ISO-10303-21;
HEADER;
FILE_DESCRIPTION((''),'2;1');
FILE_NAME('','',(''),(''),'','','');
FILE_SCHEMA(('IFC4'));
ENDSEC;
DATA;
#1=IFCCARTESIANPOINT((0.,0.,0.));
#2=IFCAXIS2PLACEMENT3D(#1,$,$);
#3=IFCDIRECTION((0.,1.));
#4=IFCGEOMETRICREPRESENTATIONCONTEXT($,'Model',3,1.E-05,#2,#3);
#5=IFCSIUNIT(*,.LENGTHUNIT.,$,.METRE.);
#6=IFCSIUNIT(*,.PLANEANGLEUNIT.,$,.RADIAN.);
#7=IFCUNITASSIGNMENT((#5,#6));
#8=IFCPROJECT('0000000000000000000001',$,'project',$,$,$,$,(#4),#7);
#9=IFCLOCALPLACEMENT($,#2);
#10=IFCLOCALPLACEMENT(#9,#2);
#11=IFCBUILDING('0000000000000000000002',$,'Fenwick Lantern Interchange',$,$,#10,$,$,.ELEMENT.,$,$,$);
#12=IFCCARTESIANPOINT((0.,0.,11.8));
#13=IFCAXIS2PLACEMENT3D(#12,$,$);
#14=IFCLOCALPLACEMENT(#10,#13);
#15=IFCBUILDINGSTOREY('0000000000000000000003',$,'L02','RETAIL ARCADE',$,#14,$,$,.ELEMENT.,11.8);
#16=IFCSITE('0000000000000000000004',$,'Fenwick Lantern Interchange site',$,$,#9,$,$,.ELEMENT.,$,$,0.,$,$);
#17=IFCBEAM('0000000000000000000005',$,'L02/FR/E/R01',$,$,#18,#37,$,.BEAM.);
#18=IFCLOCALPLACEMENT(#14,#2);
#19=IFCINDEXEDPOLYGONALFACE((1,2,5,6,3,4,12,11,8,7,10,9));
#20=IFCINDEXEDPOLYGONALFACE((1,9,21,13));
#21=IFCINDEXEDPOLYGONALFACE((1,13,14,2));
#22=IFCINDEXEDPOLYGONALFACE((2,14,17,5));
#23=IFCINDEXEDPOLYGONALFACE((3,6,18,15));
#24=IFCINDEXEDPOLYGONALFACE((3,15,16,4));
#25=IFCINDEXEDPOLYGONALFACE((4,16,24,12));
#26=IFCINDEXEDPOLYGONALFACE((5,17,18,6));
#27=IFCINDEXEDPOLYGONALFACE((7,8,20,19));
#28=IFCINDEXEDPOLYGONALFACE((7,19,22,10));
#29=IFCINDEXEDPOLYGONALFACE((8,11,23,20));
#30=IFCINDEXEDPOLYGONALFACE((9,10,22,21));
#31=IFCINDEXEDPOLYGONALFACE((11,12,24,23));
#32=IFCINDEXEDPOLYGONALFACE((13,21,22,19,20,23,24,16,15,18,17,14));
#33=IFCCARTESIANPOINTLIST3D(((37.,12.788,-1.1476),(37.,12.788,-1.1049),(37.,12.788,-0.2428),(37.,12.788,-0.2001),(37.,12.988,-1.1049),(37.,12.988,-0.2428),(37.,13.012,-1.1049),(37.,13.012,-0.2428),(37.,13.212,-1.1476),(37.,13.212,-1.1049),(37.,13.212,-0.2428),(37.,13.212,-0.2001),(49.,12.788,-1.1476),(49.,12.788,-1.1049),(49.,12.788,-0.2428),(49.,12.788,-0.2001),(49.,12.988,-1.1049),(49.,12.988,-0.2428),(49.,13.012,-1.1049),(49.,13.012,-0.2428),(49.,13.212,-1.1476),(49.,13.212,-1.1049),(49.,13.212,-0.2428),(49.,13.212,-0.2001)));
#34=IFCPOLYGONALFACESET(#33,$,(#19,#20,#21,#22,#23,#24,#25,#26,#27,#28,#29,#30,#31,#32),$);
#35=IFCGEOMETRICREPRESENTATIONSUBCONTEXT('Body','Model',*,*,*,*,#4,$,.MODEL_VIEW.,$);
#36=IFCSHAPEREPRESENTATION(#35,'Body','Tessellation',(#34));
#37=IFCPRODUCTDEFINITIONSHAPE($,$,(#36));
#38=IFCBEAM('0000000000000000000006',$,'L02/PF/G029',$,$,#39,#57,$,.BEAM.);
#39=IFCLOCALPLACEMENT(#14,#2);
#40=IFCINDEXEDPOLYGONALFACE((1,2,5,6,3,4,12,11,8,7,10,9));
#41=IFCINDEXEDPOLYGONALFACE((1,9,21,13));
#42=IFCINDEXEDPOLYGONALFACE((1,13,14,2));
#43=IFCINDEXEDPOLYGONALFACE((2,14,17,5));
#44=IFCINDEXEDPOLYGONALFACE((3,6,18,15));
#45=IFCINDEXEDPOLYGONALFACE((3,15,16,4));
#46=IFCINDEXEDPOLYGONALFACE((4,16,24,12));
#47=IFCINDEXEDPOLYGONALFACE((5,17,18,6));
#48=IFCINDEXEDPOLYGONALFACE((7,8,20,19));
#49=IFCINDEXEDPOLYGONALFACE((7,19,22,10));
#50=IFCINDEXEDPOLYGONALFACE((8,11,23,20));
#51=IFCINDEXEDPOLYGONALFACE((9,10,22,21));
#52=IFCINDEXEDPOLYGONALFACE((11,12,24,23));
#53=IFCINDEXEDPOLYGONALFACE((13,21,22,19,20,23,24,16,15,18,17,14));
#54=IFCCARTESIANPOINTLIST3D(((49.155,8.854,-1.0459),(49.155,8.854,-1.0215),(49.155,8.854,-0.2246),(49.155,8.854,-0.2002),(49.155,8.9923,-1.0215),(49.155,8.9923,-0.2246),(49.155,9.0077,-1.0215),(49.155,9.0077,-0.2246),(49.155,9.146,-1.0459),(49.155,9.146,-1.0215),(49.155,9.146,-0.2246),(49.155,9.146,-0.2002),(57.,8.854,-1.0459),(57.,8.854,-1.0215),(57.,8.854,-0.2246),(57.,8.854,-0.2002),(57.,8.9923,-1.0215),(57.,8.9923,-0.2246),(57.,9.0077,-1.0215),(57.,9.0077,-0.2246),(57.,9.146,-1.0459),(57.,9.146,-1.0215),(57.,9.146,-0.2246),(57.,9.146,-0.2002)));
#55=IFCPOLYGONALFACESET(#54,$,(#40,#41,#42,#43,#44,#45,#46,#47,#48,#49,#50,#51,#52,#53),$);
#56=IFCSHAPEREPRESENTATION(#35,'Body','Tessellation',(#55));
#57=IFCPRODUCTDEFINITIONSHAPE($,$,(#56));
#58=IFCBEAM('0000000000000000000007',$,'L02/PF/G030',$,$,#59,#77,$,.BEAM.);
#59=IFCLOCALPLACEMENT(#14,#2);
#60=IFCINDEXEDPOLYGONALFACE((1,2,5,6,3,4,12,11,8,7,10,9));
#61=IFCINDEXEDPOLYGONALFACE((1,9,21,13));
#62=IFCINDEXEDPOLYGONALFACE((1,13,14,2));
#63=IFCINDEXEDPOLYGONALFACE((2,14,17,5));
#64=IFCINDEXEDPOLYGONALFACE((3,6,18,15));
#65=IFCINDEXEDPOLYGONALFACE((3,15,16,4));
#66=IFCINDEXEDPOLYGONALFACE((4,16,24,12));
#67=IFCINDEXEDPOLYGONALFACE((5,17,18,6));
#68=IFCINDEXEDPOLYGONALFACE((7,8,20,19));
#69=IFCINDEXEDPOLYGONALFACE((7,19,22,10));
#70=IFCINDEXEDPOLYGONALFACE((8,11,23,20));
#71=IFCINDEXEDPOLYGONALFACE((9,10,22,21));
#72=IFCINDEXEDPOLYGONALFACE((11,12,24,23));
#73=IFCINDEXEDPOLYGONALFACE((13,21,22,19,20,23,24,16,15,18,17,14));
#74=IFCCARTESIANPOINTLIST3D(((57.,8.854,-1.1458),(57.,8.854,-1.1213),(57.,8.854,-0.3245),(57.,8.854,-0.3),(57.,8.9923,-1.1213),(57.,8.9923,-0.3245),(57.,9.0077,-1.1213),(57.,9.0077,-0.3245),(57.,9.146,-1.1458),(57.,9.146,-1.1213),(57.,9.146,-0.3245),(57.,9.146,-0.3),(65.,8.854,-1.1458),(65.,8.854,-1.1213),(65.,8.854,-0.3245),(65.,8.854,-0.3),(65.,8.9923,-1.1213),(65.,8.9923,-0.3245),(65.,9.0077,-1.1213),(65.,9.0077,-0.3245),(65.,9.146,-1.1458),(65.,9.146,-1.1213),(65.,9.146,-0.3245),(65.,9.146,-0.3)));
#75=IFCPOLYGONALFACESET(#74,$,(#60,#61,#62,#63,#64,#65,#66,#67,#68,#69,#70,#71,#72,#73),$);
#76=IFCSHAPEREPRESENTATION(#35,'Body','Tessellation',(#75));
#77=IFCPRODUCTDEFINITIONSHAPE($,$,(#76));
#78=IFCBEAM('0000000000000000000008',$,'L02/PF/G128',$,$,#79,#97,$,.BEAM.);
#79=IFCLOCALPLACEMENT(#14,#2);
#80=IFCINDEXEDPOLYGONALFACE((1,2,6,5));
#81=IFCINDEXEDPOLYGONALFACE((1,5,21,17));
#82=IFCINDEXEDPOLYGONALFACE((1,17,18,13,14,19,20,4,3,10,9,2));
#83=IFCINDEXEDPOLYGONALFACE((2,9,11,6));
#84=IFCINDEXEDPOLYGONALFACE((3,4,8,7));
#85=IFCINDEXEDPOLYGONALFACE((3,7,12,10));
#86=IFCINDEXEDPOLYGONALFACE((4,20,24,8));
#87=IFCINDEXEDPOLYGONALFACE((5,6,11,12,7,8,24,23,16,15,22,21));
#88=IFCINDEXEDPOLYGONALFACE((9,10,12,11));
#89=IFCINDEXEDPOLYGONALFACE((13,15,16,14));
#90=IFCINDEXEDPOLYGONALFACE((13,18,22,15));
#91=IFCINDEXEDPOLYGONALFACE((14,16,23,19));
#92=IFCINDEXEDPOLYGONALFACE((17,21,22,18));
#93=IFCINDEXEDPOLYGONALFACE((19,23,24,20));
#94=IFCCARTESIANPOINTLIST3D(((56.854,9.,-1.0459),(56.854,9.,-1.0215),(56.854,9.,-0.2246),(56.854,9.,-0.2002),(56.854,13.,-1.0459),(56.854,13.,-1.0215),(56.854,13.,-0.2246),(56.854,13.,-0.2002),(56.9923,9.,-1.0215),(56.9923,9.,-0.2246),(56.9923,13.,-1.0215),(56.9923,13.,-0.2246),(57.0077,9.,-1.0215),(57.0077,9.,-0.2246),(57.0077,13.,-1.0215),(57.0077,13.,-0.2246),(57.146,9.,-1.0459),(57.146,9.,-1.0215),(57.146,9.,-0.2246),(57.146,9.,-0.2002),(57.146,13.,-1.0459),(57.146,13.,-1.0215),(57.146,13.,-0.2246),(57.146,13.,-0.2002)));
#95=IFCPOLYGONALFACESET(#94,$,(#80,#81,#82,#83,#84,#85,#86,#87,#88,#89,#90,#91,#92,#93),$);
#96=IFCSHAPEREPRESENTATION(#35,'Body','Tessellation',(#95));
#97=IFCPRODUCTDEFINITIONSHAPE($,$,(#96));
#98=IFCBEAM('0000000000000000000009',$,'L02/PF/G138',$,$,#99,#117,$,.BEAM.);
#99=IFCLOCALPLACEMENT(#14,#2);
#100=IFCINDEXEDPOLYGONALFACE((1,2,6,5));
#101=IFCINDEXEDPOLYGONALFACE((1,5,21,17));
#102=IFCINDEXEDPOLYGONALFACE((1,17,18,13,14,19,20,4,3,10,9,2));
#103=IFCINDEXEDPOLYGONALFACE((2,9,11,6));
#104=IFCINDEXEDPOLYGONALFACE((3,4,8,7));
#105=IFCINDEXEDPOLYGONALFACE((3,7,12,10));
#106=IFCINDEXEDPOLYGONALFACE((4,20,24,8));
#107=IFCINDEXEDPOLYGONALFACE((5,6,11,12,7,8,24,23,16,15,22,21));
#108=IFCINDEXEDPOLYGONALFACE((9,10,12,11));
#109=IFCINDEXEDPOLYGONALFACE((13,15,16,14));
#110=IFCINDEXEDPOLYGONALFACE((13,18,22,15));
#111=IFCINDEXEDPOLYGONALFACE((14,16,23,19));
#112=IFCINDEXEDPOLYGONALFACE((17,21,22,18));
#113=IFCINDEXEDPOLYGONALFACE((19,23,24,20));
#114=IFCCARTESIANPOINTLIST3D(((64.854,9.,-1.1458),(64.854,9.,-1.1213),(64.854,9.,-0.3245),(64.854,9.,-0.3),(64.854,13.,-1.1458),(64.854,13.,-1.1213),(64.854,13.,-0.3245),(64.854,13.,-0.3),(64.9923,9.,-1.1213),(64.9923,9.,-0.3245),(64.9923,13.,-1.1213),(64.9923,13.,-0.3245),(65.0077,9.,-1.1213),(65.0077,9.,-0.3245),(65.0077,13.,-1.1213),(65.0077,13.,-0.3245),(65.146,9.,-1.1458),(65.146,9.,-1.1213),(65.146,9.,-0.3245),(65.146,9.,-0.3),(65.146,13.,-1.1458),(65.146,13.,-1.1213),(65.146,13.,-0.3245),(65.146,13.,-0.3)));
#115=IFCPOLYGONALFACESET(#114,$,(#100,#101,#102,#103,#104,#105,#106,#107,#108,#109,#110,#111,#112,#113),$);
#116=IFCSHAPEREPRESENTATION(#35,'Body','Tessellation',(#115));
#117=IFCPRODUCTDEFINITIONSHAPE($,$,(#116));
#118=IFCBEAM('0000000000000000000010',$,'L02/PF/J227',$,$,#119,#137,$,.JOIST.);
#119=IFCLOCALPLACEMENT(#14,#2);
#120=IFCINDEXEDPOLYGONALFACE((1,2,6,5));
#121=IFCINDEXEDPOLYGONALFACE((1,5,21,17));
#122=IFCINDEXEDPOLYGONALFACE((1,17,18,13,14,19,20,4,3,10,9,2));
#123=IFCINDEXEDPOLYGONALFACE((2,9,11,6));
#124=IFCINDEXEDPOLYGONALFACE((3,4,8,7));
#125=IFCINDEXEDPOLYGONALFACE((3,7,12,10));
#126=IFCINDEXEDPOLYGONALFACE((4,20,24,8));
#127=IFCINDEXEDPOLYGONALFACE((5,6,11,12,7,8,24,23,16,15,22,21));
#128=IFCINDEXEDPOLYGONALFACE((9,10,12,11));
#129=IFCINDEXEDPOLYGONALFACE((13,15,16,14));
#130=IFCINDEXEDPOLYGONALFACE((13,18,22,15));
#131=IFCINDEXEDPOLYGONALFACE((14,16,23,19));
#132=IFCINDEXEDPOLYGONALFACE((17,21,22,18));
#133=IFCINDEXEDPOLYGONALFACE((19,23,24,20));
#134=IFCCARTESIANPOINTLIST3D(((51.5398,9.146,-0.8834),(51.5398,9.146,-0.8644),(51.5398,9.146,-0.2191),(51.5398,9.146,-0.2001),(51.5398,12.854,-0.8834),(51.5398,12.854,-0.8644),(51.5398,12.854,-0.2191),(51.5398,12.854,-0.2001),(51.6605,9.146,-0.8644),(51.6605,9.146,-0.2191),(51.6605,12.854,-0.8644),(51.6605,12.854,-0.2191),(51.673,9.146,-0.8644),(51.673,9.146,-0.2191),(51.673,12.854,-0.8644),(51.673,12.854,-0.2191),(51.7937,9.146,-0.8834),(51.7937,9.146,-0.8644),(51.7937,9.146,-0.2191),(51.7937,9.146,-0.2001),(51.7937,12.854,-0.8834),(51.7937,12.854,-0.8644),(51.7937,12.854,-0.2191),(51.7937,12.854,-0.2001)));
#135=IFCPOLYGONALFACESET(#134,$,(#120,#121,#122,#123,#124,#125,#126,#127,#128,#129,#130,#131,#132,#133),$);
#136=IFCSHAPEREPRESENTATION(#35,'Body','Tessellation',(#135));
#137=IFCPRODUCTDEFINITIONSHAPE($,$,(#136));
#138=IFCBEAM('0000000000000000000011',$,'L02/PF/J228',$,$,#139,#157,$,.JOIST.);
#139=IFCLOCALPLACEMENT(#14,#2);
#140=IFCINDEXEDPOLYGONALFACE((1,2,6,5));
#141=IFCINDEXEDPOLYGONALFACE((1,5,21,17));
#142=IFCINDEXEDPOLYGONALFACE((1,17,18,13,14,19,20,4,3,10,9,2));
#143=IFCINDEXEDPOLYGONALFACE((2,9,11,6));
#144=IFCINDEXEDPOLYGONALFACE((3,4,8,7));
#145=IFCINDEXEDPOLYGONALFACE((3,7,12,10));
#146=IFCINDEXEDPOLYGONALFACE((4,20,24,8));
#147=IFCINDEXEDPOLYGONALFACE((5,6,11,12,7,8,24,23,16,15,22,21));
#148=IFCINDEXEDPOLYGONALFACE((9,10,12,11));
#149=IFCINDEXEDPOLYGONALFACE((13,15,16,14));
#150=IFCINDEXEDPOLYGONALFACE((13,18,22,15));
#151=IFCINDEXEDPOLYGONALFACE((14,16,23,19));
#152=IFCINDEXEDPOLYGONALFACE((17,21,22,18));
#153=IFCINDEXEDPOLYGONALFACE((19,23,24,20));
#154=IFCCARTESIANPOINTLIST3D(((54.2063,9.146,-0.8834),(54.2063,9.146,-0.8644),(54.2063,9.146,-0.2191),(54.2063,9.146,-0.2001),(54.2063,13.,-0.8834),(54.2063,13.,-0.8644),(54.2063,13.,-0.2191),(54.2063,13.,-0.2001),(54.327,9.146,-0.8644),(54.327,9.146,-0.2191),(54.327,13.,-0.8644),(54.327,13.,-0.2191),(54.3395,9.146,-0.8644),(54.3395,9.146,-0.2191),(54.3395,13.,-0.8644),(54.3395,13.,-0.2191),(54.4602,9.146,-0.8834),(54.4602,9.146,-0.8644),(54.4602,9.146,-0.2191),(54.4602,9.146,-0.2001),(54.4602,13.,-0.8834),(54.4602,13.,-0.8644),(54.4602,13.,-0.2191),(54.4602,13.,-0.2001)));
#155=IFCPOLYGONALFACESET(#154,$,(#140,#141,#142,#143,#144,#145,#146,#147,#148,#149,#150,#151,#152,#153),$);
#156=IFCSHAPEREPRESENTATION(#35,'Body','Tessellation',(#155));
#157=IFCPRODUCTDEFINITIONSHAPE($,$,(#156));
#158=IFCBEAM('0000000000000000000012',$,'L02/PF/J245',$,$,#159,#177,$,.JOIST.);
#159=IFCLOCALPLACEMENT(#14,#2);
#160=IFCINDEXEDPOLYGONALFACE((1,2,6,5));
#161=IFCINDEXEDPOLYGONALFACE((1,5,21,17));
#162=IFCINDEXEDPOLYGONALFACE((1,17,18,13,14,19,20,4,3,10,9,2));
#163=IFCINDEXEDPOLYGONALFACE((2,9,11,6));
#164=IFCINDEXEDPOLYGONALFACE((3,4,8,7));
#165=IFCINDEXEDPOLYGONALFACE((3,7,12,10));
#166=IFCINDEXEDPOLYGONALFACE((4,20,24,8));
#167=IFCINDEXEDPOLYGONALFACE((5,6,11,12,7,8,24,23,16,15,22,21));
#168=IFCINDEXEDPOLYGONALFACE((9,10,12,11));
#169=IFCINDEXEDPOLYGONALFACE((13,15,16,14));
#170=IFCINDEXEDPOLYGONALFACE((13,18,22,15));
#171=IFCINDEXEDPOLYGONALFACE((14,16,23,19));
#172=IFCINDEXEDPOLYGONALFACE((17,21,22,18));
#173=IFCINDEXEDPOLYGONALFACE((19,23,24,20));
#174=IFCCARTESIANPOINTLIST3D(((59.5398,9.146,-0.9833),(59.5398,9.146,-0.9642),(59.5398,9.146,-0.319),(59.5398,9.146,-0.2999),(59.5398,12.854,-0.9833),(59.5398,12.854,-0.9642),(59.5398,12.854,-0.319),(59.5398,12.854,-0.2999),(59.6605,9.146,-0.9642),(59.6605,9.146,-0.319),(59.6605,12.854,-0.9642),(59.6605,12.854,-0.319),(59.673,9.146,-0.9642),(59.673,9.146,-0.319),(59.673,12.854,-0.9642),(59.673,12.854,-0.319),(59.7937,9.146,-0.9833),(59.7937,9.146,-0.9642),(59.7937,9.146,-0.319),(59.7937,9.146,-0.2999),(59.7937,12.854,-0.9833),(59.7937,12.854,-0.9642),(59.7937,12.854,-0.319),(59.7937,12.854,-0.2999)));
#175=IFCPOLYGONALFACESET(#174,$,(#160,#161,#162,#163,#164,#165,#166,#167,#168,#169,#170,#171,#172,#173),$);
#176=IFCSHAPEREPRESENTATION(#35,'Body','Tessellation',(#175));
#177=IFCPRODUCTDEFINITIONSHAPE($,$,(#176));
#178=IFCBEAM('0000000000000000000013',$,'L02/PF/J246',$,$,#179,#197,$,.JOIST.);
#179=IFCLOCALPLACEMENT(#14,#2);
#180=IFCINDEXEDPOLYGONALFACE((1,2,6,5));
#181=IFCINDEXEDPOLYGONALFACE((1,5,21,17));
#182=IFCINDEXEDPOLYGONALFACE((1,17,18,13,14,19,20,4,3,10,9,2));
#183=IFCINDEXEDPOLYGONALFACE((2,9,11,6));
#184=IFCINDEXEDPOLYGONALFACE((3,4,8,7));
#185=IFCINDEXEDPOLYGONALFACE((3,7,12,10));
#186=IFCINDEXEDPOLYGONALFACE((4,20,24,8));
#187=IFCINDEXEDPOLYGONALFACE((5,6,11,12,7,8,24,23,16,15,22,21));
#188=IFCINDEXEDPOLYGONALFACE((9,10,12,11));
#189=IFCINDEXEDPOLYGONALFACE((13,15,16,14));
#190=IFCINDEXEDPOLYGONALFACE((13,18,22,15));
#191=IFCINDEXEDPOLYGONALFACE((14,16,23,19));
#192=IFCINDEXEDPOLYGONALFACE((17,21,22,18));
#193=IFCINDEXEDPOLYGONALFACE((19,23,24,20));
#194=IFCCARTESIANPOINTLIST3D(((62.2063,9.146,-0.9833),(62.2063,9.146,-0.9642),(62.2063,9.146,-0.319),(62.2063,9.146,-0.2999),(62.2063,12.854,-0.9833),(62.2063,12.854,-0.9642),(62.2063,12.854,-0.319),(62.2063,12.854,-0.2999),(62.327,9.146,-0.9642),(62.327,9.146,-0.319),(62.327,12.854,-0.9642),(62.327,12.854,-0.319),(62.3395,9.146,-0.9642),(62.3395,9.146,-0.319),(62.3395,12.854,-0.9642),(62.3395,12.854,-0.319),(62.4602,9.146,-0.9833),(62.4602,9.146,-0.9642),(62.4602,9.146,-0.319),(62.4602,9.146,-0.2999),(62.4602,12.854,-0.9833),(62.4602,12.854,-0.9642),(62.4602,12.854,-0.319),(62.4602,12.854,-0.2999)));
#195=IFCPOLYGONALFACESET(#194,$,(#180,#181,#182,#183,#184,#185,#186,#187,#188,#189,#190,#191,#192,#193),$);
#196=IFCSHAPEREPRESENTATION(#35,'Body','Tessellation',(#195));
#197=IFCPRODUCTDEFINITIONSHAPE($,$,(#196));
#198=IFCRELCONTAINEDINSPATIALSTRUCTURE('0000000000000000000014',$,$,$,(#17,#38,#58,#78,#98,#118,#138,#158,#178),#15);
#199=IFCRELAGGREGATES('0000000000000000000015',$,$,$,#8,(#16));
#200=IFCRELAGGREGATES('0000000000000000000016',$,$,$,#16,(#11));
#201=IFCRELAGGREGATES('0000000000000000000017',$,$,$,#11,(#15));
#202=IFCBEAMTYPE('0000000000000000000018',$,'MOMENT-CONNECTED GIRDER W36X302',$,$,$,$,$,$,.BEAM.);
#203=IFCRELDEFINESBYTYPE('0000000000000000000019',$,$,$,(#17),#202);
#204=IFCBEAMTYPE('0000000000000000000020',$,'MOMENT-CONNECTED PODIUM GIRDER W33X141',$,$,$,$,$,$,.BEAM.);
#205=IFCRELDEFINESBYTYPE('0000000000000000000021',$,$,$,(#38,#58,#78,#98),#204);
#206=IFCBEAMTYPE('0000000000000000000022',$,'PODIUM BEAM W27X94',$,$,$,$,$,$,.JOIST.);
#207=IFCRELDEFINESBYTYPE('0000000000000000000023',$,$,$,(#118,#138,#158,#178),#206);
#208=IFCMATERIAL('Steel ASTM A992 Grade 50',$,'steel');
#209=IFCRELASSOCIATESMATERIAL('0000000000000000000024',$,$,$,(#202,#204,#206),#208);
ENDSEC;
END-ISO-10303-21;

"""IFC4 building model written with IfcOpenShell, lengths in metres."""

from ifc_helpers import new_model, si_unit, direction, frame, origin, origin_2d, place, context, subcontext, project, spatial, i_section, extrude, material, material_profile, profile_set, type_object, element, save


model = new_model("IFC4")

# Units and contexts
model_context = context("Model", 3, precision=1e-05, world=origin(), true_north=direction((0.0, 1.0)))
body_context = subcontext(model_context, "Body", "Model", "MODEL_VIEW")
ifc_project = project(units=[si_unit("LENGTHUNIT", "METRE"), si_unit("PLANEANGLEUNIT", "RADIAN")], contexts=[model_context])

# Site, building, storey
site_placement = place(None, origin())
site = spatial("IfcSite", under=ifc_project, at=site_placement, Name="Fenwick Lantern Interchange site", CompositionType="ELEMENT", RefElevation=0.0)
building_placement = place(site_placement, origin())
building = spatial("IfcBuilding", under=site, at=building_placement, Name="Fenwick Lantern Interchange", CompositionType="ELEMENT")
storey_placement = place(building_placement, frame((0.0, 0.0, 11.8)))
storey = spatial("IfcBuildingStorey", under=building, at=storey_placement, Name="L02", Description="RETAIL ARCADE", CompositionType="ELEMENT", Elevation=11.8)

# Shared definitions
ifc_material_1 = material(Name="Steel ASTM A992 Grade 50", Category="steel")

# Beams
ifc_material_profile_1 = material_profile(ifc_material_1, i_section(OverallWidth=0.4241, OverallDepth=0.9475, WebThickness=0.0239, FlangeThickness=0.0427, at=origin_2d()), Name="W36X302")
ifc_profile_set_1 = profile_set([ifc_material_profile_1], Name="Steel ASTM A992 Grade 50")
beam_type_1 = type_object("IfcBeamType", Name="MOMENT-CONNECTED GIRDER W36X302", PredefinedType="BEAM", material=ifc_profile_set_1)
beam_1_placement = place(storey_placement, frame((49.0, 13.0, -0.6738), z_axis=(-1.0, 0.0, 0.0), x_axis=(0.0, -1.0, 0.0)))
element("IfcBeam", 1, at=beam_1_placement, inside=storey, type_object=beam_type_1, Name="L02/FR/E/R01", PredefinedType="BEAM", context=body_context, shape_type="SweptSolid", body=[
    extrude(i_section(OverallWidth=0.4241, OverallDepth=0.9475, WebThickness=0.0239, FlangeThickness=0.0427, at=origin_2d()), origin(), (0.0, 0.0, 1.0), 12.0),
])
ifc_material_profile_2 = material_profile(ifc_material_1, i_section(OverallWidth=0.292, OverallDepth=0.8457, WebThickness=0.0154, FlangeThickness=0.0244, at=origin_2d()), Name="W33X141")
ifc_profile_set_2 = profile_set([ifc_material_profile_2], Name="Steel ASTM A992 Grade 50")
beam_type_2 = type_object("IfcBeamType", Name="MOMENT-CONNECTED PODIUM GIRDER W33X141", PredefinedType="BEAM", material=ifc_profile_set_2)
beam_2_placement = place(storey_placement, frame((49.155, 9.0, -0.623), z_axis=(1.0, 0.0, 0.0), x_axis=(0.0, 1.0, 0.0)))
element("IfcBeam", 2, at=beam_2_placement, inside=storey, type_object=beam_type_2, Name="L02/PF/G029", PredefinedType="BEAM", context=body_context, shape_type="SweptSolid", body=[
    extrude(i_section(OverallWidth=0.292, OverallDepth=0.8457, WebThickness=0.0154, FlangeThickness=0.0244, at=origin_2d()), origin(), (0.0, 0.0, 1.0), 7.845),
])
beam_3_placement = place(storey_placement, frame((57.0, 9.0, -0.7229), z_axis=(1.0, 0.0, 0.0), x_axis=(0.0, 1.0, 0.0)))
element("IfcBeam", 3, at=beam_3_placement, inside=storey, type_object=beam_type_2, Name="L02/PF/G030", PredefinedType="BEAM", context=body_context, shape_type="SweptSolid", body=[
    extrude(i_section(OverallWidth=0.292, OverallDepth=0.8457, WebThickness=0.0154, FlangeThickness=0.0244, at=origin_2d()), origin(), (0.0, 0.0, 1.0), 8.0),
])
for number, where, z_axis, x_axis, name in (
    (4, (57.0, 9.0, -0.623), (0.0, 1.0, 0.0), (-1.0, 0.0, 0.0), "L02/PF/G128"),
    (5, (65.0, 9.0, -0.7229), (0.0, 1.0, 0.0), (-1.0, 0.0, 0.0), "L02/PF/G138"),
):
    element("IfcBeam", number, at=place(storey_placement, frame(where, z_axis=z_axis, x_axis=x_axis)), inside=storey, type_object=beam_type_2, Name=name, PredefinedType="BEAM", context=body_context, shape_type="SweptSolid", body=[
        extrude(i_section(OverallWidth=0.292, OverallDepth=0.8457, WebThickness=0.0154, FlangeThickness=0.0244, at=origin_2d()), origin(), (0.0, 0.0, 1.0), 4.0),
    ])
ifc_material_profile_3 = material_profile(ifc_material_1, i_section(OverallWidth=0.2539, OverallDepth=0.6833, WebThickness=0.0125, FlangeThickness=0.019, at=origin_2d()), Name="W27X94")
ifc_profile_set_3 = profile_set([ifc_material_profile_3], Name="Steel ASTM A992 Grade 50")
beam_type_3 = type_object("IfcBeamType", Name="PODIUM BEAM W27X94", PredefinedType="JOIST", material=ifc_profile_set_3)
beam_4_placement = place(storey_placement, frame((51.6667, 9.146, -0.5417), z_axis=(0.0, 1.0, 0.0), x_axis=(-1.0, 0.0, 0.0)))
element("IfcBeam", 6, at=beam_4_placement, inside=storey, type_object=beam_type_3, Name="L02/PF/J227", PredefinedType="JOIST", context=body_context, shape_type="SweptSolid", body=[
    extrude(i_section(OverallWidth=0.2539, OverallDepth=0.6833, WebThickness=0.0125, FlangeThickness=0.019, at=origin_2d()), origin(), (0.0, 0.0, 1.0), 3.708),
])
beam_5_placement = place(storey_placement, frame((54.3333, 9.146, -0.5417), z_axis=(0.0, 1.0, 0.0), x_axis=(-1.0, 0.0, 0.0)))
element("IfcBeam", 7, at=beam_5_placement, inside=storey, type_object=beam_type_3, Name="L02/PF/J228", PredefinedType="JOIST", context=body_context, shape_type="SweptSolid", body=[
    extrude(i_section(OverallWidth=0.2539, OverallDepth=0.6833, WebThickness=0.0125, FlangeThickness=0.019, at=origin_2d()), origin(), (0.0, 0.0, 1.0), 3.854),
])
for number, where, z_axis, x_axis, name in (
    (8, (59.6667, 9.146, -0.6416), (0.0, 1.0, 0.0), (-1.0, 0.0, 0.0), "L02/PF/J245"),
    (9, (62.3333, 9.146, -0.6416), (0.0, 1.0, 0.0), (-1.0, 0.0, 0.0), "L02/PF/J246"),
):
    element("IfcBeam", number, at=place(storey_placement, frame(where, z_axis=z_axis, x_axis=x_axis)), inside=storey, type_object=beam_type_3, Name=name, PredefinedType="JOIST", context=body_context, shape_type="SweptSolid", body=[
        extrude(i_section(OverallWidth=0.2539, OverallDepth=0.6833, WebThickness=0.0125, FlangeThickness=0.019, at=origin_2d()), origin(), (0.0, 0.0, 1.0), 3.708),
    ])

save(model, "model.ifc")
